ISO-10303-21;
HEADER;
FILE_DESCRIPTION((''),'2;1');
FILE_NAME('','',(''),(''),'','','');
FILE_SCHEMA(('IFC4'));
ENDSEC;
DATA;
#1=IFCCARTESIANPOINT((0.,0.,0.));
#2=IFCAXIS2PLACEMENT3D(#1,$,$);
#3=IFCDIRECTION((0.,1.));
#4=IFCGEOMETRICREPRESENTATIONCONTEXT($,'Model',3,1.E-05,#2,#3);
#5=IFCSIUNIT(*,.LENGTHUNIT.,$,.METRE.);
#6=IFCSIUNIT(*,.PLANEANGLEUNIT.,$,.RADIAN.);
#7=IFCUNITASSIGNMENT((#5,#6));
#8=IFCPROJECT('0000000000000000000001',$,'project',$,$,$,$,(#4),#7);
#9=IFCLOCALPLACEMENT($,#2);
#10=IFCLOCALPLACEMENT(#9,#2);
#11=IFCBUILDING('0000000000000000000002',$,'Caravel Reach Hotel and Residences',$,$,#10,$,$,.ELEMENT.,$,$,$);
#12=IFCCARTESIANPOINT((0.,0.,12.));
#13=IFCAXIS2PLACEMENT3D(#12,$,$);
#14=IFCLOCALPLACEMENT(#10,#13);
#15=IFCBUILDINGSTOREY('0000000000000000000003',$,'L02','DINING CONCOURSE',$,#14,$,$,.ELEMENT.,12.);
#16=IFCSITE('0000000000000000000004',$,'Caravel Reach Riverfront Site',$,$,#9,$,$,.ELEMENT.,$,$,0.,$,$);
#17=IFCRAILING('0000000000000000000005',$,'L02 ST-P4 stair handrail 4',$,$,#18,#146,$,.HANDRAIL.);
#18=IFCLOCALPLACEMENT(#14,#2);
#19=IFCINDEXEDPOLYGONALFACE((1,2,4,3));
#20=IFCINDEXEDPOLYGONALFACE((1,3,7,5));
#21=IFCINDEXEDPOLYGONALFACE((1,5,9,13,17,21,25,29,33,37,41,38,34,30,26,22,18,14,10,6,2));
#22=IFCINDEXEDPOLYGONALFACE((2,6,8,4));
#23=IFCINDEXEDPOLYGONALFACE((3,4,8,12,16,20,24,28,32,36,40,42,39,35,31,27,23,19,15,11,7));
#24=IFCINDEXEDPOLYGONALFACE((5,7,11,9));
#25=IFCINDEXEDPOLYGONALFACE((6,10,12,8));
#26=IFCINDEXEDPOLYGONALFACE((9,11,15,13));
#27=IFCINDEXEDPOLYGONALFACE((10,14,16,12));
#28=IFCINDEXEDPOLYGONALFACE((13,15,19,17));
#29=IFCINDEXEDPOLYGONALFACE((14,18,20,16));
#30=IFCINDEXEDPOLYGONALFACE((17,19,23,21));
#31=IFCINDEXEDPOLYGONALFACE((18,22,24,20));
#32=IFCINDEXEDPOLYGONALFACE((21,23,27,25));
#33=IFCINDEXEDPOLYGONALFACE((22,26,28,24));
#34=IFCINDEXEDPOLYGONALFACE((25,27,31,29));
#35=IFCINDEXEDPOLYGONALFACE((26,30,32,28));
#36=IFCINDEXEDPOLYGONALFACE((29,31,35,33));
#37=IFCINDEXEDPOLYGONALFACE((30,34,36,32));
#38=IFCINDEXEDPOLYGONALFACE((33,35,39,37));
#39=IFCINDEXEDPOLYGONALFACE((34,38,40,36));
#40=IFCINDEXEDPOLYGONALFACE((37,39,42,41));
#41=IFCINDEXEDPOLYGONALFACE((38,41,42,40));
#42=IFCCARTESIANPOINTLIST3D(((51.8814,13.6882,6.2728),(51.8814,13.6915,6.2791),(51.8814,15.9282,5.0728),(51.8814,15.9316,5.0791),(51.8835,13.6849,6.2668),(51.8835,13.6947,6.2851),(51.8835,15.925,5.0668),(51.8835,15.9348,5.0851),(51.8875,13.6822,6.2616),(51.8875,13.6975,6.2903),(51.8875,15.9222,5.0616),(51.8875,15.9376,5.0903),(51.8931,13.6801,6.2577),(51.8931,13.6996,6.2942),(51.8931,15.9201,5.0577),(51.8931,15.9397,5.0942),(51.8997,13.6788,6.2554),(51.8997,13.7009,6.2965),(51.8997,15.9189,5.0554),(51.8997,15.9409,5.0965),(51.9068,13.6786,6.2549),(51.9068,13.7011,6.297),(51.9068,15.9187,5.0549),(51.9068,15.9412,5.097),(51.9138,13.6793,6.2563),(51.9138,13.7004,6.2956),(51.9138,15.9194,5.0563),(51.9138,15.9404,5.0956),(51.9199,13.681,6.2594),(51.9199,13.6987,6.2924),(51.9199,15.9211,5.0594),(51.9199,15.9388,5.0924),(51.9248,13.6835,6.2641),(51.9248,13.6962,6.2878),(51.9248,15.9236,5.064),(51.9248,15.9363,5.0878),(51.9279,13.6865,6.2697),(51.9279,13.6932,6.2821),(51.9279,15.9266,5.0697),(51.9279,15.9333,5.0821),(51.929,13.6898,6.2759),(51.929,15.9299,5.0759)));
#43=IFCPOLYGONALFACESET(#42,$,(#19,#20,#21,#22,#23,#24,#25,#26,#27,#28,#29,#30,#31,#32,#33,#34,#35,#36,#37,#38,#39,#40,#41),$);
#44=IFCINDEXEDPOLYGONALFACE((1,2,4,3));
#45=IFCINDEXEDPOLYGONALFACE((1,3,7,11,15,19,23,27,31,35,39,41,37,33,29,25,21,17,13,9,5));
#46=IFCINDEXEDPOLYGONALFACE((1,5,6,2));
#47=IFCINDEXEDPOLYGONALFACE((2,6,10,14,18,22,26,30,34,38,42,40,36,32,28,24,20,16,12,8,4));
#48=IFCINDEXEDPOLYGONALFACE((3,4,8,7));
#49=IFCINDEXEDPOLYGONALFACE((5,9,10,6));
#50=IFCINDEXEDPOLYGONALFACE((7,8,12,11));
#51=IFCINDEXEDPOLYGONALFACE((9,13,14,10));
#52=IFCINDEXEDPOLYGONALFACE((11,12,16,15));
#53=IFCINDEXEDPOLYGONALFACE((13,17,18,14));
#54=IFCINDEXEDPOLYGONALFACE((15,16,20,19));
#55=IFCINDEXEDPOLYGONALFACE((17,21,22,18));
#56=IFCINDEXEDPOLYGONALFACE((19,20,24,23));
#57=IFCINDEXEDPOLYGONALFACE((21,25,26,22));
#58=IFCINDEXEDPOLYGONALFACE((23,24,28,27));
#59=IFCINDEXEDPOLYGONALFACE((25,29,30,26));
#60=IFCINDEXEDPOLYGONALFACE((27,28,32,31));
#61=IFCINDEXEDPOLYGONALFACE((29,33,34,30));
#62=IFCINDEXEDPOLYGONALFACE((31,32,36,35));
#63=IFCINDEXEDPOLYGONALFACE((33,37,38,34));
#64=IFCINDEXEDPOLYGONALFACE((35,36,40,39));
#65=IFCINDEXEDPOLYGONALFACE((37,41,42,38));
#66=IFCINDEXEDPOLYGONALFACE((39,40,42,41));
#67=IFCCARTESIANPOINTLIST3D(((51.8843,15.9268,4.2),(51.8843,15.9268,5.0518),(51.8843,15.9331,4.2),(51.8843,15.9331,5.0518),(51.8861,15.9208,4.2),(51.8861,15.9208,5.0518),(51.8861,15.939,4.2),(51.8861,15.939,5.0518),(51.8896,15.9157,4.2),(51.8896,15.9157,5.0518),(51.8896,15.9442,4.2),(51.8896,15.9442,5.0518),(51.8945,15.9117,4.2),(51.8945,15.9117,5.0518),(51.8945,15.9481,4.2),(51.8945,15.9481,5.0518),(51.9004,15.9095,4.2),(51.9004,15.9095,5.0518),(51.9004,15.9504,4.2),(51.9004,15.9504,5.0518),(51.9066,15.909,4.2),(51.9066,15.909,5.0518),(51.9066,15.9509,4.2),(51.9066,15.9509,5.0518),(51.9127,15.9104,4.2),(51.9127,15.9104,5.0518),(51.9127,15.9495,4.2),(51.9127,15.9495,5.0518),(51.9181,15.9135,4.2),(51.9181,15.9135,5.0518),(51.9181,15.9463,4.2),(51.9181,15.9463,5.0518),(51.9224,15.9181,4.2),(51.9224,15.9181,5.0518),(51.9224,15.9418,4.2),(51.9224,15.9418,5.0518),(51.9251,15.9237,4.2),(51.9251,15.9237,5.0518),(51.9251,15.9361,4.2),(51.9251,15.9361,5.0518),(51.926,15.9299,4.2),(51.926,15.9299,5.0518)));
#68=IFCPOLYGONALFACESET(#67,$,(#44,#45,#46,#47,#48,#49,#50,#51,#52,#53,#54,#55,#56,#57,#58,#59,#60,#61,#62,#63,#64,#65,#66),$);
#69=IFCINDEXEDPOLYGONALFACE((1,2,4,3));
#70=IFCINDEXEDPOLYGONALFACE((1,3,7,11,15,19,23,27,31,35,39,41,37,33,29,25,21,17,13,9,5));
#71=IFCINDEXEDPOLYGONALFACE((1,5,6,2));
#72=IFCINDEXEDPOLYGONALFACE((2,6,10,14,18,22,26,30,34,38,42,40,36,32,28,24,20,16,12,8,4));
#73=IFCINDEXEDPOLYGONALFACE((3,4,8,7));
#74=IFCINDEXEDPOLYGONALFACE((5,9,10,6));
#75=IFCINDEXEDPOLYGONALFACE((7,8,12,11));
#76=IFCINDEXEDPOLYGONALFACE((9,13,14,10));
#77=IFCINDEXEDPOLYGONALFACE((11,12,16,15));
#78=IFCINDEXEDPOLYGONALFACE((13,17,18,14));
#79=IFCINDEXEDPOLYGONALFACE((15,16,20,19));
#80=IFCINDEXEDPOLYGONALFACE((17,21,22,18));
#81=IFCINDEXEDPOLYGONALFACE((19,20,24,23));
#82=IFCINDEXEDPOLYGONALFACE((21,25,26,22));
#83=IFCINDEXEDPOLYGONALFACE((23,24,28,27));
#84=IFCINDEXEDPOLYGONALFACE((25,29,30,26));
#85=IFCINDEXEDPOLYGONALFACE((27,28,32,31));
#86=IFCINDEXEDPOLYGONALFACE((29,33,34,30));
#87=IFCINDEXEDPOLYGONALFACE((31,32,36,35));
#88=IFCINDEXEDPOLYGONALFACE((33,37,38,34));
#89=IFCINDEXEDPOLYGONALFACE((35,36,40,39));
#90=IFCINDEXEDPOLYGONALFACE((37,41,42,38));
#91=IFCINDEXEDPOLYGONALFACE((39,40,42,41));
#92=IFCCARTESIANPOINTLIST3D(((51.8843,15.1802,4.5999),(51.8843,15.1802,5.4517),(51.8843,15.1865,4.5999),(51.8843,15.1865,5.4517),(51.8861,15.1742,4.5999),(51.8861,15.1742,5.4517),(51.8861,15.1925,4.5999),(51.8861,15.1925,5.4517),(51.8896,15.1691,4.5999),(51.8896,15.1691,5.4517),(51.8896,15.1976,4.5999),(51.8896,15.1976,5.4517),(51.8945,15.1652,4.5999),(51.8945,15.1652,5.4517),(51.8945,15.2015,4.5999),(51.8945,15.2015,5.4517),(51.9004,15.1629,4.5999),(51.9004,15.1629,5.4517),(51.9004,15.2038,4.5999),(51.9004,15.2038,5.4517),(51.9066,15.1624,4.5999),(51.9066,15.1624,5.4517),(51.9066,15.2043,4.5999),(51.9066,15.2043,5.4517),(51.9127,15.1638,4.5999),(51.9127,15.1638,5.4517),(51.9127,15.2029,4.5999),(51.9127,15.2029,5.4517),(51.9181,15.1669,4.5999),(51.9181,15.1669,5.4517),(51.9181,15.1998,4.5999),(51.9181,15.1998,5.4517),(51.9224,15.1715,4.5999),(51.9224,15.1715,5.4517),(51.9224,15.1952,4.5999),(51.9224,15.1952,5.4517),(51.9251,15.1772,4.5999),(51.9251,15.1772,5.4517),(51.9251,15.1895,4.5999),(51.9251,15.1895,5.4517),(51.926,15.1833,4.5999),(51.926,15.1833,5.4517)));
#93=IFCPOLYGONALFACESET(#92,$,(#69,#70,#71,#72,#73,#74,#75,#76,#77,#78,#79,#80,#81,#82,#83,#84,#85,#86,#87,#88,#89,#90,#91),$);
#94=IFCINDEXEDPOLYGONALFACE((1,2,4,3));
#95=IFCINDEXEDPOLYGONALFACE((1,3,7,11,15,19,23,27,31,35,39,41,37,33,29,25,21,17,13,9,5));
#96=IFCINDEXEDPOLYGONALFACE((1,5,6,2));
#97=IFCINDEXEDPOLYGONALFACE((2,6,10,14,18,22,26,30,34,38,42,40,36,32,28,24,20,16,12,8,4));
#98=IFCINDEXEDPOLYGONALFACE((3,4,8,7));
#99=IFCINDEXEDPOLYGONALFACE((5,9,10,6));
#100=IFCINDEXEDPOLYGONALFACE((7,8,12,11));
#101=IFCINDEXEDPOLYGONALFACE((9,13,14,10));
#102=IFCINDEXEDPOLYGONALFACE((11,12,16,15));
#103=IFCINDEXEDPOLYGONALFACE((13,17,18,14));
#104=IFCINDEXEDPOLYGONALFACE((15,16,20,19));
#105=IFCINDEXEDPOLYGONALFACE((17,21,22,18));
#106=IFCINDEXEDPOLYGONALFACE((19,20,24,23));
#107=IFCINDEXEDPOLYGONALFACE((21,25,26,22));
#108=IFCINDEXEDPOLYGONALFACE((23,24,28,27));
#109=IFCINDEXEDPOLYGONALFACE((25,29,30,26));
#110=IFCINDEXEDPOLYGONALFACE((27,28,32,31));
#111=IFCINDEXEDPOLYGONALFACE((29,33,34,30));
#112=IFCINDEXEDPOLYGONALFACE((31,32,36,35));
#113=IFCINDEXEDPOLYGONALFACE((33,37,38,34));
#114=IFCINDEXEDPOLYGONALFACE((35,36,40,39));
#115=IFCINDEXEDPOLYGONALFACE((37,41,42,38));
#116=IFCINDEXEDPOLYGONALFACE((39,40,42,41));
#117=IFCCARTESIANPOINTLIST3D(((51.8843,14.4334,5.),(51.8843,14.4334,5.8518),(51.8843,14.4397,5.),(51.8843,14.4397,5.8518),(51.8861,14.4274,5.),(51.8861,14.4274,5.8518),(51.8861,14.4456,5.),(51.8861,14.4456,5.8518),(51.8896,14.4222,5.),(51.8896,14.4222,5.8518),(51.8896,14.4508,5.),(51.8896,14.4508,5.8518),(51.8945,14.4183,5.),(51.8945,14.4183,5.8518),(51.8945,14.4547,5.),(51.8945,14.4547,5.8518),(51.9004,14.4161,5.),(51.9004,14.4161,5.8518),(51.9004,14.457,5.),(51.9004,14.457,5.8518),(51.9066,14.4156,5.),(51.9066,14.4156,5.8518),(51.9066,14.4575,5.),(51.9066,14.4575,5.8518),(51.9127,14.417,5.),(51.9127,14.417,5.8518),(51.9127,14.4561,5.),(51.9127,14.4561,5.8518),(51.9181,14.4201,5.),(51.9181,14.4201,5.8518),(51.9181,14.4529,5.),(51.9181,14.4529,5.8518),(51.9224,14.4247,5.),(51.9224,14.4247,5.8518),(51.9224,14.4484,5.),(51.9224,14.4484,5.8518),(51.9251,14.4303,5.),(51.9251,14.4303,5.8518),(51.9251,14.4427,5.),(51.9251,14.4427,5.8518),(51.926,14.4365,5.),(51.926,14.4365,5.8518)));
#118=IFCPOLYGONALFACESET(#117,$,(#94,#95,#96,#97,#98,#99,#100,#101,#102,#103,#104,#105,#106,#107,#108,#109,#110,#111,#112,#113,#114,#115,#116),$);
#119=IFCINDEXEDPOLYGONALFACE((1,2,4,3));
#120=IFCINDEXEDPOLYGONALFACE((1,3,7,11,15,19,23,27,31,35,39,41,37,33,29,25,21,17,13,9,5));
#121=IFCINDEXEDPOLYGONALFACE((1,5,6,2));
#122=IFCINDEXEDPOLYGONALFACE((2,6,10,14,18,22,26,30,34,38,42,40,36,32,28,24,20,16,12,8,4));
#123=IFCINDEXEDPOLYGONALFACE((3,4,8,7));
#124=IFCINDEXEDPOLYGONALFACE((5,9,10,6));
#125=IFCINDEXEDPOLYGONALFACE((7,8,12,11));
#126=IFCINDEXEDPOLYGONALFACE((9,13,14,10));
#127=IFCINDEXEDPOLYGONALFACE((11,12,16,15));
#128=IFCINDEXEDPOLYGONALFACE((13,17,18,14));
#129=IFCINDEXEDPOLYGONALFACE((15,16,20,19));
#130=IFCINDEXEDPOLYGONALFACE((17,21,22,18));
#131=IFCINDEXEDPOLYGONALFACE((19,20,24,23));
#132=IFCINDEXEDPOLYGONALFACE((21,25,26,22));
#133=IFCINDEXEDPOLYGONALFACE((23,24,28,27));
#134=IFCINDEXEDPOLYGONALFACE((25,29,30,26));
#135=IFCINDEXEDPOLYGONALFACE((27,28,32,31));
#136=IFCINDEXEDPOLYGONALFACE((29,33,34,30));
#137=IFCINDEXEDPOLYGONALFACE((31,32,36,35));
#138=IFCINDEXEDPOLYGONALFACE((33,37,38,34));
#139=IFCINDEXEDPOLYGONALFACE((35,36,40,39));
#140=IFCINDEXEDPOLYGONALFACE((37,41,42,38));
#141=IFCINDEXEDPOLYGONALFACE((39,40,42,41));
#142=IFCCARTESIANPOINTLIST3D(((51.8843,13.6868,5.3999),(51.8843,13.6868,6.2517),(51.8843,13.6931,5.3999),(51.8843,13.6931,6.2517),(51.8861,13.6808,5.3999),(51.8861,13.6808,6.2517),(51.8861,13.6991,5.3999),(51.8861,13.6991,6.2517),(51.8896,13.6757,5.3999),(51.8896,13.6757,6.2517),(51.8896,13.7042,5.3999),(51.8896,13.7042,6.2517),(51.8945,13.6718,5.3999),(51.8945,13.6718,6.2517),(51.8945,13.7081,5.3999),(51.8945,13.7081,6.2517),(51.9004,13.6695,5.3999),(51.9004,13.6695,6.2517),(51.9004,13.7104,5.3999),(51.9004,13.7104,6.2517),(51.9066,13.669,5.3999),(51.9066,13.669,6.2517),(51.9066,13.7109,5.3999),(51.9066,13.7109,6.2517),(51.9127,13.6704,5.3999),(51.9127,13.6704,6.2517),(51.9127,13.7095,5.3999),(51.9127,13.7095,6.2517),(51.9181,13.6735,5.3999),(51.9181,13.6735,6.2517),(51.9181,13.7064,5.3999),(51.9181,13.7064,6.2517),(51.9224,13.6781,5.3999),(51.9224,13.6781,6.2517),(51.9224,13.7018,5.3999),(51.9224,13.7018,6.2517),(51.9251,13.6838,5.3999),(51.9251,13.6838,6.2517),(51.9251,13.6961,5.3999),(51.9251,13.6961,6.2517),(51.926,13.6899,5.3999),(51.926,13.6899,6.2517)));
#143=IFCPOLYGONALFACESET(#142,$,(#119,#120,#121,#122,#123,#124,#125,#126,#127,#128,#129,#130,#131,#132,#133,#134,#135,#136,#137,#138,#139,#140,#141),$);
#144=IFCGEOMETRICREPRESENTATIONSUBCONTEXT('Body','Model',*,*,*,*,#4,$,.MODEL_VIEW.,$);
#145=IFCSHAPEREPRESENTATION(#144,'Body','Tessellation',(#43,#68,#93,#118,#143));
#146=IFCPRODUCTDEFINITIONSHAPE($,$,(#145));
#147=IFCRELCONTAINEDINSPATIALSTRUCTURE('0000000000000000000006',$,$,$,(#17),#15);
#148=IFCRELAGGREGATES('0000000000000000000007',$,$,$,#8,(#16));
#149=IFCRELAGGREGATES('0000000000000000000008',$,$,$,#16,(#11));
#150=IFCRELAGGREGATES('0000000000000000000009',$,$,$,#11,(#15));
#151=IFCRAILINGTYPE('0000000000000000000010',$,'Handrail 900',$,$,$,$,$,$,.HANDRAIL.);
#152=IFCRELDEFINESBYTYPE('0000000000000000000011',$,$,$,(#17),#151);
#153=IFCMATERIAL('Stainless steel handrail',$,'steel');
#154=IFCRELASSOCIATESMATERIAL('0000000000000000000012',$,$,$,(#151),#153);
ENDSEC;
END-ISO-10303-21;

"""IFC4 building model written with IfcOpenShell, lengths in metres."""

from ifc_helpers import new_model, si_unit, direction, frame, origin, origin_2d, place, context, subcontext, project, spatial, circle, extrude, material, type_object, element, save


model = new_model("IFC4")

# Units and contexts
model_context = context("Model", 3, precision=1e-05, world=origin(), true_north=direction((0.0, 1.0)))
body_context = subcontext(model_context, "Body", "Model", "MODEL_VIEW")
ifc_project = project(units=[si_unit("LENGTHUNIT", "METRE"), si_unit("PLANEANGLEUNIT", "RADIAN")], contexts=[model_context])

# Site, building, storey
site_placement = place(None, origin())
site = spatial("IfcSite", under=ifc_project, at=site_placement, Name="Caravel Reach Riverfront Site", CompositionType="ELEMENT", RefElevation=0.0)
building_placement = place(site_placement, origin())
building = spatial("IfcBuilding", under=site, at=building_placement, Name="Caravel Reach Hotel and Residences", CompositionType="ELEMENT")
storey_placement = place(building_placement, frame((0.0, 0.0, 12.0)))
storey = spatial("IfcBuildingStorey", under=building, at=storey_placement, Name="L02", Description="DINING CONCOURSE", CompositionType="ELEMENT", Elevation=12.0)

# Railing
ifc_material_1 = material(Name="Stainless steel handrail", Category="steel")
railing_type_1 = type_object("IfcRailingType", Name="Handrail 900", PredefinedType="HANDRAIL", material=ifc_material_1)
for number, where, name in (
    (1, (51.905, 15.9299, 4.2), "L02 ST-P4 stair handrail 4"),
):
    element("IfcRailing", number, at=place(storey_placement, frame(where)), inside=storey, type_object=railing_type_1, Name=name, PredefinedType="HANDRAIL", context=body_context, shape_type="SweptSolid", body=[
        extrude(circle(Radius=0.0239, at=origin_2d()), frame((0.0, 0.0, 0.876), z_axis=(0.0, -0.881487, 0.472208), x_axis=(1.0, 0.0, 0.0)), (0.0, 0.0, 1.0), 2.5413),
        extrude(circle(Radius=0.021, at=origin_2d()), origin(), (0.0, 0.0, 1.0), 0.8518),
        extrude(circle(Radius=0.021, at=origin_2d()), frame((0.0, -0.7466, 0.3999)), (0.0, 0.0, 1.0), 0.8518),
        extrude(circle(Radius=0.021, at=origin_2d()), frame((0.0, -1.4934, 0.8)), (0.0, 0.0, 1.0), 0.8518),
        extrude(circle(Radius=0.021, at=origin_2d()), frame((0.0, -2.24, 1.2)), (0.0, 0.0, 1.0), 0.8518),
    ])

save(model, "model.ifc")
